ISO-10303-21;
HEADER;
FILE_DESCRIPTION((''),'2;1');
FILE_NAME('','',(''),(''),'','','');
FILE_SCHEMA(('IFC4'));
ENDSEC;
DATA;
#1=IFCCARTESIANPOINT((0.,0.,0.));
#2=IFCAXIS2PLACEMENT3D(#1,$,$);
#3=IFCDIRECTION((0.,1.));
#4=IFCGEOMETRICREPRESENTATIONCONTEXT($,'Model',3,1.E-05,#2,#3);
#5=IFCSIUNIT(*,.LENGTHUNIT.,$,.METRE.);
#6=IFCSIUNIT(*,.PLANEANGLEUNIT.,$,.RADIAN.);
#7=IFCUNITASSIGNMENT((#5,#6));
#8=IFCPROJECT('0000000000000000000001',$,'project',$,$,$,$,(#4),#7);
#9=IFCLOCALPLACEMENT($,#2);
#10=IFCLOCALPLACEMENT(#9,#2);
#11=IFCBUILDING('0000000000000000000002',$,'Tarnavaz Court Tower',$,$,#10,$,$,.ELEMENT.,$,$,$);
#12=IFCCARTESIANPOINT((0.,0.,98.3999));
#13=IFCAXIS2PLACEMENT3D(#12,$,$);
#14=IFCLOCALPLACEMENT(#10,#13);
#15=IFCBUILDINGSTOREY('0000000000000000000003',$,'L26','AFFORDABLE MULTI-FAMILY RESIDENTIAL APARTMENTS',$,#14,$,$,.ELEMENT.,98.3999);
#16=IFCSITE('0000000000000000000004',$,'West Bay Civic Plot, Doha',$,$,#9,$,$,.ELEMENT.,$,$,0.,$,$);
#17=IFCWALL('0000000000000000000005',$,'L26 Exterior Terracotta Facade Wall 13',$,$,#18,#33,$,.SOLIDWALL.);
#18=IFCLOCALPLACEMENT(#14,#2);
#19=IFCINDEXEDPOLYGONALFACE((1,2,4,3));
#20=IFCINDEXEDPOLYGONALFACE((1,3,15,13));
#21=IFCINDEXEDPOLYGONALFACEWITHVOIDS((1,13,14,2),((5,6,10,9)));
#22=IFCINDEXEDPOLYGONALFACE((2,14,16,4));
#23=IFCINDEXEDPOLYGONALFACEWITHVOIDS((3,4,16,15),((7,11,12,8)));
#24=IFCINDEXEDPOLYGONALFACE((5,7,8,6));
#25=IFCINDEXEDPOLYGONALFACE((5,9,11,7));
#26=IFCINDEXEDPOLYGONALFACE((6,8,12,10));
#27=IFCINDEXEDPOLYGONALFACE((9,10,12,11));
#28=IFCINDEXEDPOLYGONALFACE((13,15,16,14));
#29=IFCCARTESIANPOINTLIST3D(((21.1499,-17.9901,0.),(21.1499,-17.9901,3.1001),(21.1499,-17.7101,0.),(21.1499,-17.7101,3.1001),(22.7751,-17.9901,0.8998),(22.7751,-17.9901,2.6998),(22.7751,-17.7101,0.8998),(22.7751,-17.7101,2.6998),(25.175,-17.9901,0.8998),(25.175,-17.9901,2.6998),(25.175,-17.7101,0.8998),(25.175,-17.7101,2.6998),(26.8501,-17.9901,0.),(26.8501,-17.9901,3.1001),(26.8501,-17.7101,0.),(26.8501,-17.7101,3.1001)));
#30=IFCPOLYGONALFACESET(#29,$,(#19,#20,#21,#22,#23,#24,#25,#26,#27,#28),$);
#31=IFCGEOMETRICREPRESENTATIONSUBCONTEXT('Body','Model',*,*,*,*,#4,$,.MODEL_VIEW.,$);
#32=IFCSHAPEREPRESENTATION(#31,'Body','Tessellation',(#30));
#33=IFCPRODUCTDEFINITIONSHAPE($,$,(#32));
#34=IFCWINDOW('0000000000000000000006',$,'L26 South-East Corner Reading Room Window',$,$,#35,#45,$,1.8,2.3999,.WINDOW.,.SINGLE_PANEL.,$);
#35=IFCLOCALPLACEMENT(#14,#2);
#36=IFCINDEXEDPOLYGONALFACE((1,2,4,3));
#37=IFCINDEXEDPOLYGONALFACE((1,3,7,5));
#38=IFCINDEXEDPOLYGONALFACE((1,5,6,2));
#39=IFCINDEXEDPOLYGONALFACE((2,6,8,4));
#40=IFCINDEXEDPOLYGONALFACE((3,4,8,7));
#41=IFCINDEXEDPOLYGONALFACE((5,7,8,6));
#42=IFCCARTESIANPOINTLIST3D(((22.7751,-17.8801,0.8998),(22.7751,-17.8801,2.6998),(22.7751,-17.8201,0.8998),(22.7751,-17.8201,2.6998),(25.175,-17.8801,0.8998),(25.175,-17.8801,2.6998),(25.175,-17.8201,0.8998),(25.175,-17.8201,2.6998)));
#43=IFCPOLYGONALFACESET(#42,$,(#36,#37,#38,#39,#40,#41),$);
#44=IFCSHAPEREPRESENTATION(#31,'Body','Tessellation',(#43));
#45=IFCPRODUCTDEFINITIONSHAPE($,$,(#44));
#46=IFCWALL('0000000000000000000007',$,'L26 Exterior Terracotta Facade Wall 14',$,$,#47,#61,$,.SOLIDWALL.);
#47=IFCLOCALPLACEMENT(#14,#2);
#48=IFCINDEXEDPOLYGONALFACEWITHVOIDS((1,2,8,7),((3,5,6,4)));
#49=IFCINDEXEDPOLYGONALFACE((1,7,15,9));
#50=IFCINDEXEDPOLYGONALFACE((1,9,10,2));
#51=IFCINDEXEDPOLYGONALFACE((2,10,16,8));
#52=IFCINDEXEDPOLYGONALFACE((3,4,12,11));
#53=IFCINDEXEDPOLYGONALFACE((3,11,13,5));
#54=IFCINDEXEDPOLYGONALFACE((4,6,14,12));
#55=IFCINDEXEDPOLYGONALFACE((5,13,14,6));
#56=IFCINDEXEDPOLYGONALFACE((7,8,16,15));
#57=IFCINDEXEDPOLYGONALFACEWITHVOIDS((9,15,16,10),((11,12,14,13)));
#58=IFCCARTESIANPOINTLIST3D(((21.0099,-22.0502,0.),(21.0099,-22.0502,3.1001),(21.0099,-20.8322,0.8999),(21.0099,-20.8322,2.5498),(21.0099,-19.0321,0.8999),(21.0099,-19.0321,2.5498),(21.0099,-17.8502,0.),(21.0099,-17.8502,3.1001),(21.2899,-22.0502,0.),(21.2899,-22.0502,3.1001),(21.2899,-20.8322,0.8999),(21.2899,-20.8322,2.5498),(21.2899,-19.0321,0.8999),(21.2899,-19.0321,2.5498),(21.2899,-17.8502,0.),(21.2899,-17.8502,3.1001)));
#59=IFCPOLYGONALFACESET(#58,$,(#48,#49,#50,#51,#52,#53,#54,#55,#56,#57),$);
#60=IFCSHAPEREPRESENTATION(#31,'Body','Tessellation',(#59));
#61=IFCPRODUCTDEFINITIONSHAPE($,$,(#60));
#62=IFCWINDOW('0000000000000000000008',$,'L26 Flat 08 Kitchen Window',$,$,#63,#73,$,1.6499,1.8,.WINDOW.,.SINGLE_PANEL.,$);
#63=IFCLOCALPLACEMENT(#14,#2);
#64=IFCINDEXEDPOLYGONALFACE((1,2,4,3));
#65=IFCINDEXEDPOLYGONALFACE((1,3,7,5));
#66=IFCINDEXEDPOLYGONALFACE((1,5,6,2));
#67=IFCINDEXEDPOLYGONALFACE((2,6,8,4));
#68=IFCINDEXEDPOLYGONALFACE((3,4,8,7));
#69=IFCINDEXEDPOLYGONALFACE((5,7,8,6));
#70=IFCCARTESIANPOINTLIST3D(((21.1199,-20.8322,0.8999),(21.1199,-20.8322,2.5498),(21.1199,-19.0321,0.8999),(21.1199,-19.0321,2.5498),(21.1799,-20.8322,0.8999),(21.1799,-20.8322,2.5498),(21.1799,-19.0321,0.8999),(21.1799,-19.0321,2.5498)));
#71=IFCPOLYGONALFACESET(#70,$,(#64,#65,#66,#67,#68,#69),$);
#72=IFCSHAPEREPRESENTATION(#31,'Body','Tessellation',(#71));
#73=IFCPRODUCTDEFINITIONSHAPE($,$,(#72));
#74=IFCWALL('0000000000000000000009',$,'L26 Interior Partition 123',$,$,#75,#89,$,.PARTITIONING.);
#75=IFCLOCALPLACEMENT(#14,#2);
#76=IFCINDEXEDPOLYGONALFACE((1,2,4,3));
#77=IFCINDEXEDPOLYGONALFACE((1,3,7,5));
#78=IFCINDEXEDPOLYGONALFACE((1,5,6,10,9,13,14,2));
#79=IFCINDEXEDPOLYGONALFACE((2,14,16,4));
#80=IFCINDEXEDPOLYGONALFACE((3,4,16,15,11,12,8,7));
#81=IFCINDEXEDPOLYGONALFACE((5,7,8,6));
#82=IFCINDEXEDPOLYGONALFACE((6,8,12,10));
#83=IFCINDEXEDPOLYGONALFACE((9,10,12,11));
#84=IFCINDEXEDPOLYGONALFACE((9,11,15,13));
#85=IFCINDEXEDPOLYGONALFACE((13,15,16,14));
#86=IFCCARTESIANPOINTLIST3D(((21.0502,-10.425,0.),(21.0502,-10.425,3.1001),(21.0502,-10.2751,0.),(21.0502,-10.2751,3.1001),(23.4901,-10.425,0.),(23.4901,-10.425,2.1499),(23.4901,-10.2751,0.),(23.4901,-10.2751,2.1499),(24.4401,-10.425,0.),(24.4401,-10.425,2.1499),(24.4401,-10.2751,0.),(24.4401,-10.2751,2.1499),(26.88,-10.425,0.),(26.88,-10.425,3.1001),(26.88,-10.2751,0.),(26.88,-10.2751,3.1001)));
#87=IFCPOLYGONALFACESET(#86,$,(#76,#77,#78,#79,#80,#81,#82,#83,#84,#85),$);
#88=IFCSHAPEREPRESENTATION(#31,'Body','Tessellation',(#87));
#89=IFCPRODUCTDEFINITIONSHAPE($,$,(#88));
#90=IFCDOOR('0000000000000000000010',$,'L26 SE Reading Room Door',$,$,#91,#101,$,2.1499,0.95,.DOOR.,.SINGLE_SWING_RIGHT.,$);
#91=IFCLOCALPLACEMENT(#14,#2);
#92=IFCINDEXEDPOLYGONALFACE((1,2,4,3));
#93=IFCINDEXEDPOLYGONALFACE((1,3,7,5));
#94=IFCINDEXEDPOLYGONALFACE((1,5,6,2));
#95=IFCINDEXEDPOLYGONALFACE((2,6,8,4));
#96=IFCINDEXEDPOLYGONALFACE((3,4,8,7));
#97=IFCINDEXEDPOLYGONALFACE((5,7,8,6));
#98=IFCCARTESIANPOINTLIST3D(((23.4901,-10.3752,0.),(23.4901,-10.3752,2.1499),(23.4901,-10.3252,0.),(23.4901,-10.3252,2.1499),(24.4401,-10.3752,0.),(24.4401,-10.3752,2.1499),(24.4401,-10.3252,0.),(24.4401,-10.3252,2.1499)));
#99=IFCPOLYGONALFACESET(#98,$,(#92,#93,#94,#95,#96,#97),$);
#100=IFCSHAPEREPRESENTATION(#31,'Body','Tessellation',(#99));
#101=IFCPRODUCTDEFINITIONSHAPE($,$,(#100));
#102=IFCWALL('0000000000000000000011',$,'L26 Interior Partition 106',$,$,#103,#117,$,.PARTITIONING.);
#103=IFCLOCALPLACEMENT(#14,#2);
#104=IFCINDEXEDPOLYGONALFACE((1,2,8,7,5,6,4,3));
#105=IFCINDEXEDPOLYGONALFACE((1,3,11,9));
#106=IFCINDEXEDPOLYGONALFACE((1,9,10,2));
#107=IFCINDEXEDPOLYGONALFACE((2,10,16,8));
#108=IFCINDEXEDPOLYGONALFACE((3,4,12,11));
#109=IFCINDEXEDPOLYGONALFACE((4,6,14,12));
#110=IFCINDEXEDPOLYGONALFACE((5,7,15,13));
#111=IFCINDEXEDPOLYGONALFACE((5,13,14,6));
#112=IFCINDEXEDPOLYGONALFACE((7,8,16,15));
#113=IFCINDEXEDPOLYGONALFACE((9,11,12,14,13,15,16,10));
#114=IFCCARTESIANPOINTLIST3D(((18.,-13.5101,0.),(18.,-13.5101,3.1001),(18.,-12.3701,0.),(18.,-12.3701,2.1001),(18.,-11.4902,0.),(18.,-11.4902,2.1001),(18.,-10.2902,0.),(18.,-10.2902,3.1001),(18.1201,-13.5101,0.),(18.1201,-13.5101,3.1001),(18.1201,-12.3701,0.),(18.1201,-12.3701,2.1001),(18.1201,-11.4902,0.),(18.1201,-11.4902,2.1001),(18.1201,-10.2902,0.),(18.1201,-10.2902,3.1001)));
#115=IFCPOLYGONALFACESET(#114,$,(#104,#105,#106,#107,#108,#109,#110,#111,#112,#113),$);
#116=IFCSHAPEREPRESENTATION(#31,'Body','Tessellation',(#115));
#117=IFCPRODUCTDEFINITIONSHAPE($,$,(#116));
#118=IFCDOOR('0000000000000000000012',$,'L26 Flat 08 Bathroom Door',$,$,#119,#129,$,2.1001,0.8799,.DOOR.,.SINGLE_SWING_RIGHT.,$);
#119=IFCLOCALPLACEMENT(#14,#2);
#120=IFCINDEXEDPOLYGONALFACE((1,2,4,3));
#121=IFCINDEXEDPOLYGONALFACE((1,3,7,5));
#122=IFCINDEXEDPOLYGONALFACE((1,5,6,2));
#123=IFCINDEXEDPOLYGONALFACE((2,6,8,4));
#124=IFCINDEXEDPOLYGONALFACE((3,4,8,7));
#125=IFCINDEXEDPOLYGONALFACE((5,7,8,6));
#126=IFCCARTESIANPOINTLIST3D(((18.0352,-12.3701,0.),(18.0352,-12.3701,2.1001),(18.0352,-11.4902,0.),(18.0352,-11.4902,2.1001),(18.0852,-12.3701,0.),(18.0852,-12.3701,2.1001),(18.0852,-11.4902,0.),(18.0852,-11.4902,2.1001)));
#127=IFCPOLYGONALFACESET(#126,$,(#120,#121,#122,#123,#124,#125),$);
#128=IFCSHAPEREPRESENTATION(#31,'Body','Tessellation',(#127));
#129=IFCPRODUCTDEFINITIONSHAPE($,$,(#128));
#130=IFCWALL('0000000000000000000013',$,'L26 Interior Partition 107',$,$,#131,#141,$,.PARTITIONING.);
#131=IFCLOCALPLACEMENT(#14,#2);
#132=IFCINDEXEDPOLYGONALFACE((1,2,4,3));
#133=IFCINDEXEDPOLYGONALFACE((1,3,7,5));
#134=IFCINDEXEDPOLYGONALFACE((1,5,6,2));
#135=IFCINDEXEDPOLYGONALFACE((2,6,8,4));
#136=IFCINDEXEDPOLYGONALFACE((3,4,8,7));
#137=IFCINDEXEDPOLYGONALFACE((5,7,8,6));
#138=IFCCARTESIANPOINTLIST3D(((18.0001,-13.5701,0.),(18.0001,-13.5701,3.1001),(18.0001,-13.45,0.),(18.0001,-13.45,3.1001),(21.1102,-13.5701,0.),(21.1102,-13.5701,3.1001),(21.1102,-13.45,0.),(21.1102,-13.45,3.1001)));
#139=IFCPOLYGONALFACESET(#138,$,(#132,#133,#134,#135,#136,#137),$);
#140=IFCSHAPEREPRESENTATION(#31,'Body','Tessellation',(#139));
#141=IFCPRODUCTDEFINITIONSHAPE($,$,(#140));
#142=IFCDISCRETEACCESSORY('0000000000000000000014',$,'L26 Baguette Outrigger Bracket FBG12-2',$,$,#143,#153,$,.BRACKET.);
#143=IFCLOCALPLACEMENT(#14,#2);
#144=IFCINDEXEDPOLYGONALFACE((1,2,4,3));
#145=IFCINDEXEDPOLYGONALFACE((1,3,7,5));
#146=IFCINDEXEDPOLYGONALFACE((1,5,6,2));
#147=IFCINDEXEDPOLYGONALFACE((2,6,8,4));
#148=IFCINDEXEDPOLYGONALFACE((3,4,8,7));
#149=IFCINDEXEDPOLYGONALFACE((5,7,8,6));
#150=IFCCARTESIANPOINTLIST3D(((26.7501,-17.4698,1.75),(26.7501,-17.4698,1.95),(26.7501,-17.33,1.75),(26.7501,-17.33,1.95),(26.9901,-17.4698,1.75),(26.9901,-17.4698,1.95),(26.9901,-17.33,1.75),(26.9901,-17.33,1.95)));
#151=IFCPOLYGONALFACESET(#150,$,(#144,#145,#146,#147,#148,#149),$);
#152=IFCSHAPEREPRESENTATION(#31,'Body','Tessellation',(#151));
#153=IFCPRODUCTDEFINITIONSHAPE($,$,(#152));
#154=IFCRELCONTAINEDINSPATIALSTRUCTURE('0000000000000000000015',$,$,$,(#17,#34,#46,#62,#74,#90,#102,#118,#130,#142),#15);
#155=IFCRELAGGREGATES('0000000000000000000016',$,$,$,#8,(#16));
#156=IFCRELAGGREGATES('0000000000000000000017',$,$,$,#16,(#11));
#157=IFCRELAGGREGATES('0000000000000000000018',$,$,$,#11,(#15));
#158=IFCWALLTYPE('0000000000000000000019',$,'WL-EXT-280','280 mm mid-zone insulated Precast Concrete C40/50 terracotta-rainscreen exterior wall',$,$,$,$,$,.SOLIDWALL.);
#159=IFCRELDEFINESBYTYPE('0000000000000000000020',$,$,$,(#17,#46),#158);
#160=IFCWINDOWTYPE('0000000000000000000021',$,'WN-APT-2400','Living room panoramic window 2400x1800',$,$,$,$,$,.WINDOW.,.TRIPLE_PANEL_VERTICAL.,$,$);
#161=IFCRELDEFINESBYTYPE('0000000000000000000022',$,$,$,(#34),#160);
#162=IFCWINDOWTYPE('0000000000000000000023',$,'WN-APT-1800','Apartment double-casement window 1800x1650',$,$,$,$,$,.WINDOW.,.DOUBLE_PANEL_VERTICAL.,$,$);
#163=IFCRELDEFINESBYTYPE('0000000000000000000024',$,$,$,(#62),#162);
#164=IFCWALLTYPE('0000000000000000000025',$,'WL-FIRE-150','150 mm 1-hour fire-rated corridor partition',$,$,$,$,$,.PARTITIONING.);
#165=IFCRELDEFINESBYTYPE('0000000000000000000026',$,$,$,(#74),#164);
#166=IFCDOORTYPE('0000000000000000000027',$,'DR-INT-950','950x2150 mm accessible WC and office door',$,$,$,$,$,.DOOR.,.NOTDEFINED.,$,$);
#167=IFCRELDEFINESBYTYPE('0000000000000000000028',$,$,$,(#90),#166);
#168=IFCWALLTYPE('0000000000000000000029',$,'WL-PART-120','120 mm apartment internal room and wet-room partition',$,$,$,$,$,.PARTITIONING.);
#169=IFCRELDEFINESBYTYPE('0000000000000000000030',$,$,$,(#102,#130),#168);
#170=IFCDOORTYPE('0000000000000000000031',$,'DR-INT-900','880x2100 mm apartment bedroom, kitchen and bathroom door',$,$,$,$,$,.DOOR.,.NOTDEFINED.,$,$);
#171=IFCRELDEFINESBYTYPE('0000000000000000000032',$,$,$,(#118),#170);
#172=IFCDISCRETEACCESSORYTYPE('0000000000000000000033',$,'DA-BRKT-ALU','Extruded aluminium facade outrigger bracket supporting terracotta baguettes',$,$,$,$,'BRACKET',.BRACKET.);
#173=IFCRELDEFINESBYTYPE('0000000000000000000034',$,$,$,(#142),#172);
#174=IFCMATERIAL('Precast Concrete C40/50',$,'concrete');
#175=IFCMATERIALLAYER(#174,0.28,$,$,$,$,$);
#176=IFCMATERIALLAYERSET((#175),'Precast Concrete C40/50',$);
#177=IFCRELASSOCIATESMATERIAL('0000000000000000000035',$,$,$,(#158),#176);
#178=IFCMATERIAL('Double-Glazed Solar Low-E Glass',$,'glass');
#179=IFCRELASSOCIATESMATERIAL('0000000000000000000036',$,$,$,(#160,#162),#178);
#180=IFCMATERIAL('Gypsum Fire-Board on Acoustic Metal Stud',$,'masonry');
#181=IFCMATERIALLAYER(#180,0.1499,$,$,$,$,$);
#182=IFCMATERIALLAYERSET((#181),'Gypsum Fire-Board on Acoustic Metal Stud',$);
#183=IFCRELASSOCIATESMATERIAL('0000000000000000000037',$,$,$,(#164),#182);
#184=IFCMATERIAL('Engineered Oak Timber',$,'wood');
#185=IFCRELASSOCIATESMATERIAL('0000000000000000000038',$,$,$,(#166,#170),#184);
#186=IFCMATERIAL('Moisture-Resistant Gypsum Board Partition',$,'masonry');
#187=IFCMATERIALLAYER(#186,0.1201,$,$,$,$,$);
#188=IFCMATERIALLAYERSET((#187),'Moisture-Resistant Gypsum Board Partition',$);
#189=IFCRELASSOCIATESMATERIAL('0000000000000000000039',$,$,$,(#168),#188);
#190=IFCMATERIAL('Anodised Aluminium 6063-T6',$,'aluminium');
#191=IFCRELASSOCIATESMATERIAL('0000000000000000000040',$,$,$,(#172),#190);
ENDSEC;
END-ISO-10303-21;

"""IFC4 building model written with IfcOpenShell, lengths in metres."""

from ifc_helpers import new_model, si_unit, direction, frame, frame_2d, origin, origin_2d, place, context, subcontext, project, spatial, rectangle, extrude, material, layer, layer_set, type_object, element, fill, save


model = new_model("IFC4")

# Units and contexts
model_context = context("Model", 3, precision=1e-05, world=origin(), true_north=direction((0.0, 1.0)))
body_context = subcontext(model_context, "Body", "Model", "MODEL_VIEW")
ifc_project = project(units=[si_unit("LENGTHUNIT", "METRE"), si_unit("PLANEANGLEUNIT", "RADIAN")], contexts=[model_context])

# Site, building, storey
site_placement = place(None, origin())
site = spatial("IfcSite", under=ifc_project, at=site_placement, Name="West Bay Civic Plot, Doha", CompositionType="ELEMENT", RefElevation=0.0)
building_placement = place(site_placement, origin())
building = spatial("IfcBuilding", under=site, at=building_placement, Name="Tarnavaz Court Tower", CompositionType="ELEMENT")
storey_placement = place(building_placement, frame((0.0, 0.0, 98.3999)))
storey = spatial("IfcBuildingStorey", under=building, at=storey_placement, Name="L26", Description="AFFORDABLE MULTI-FAMILY RESIDENTIAL APARTMENTS", CompositionType="ELEMENT", Elevation=98.3999)

# Walls, openings, windows
ifc_material_1 = material(Name="Precast Concrete C40/50", Category="concrete")
ifc_layer_1 = layer(ifc_material_1, 0.28)
ifc_layer_set_1 = layer_set([ifc_layer_1], Name="Precast Concrete C40/50")
wall_type_1 = type_object("IfcWallType", Name="WL-EXT-280", Description="280 mm mid-zone insulated Precast Concrete C40/50 terracotta-rainscreen exterior wall", PredefinedType="SOLIDWALL", material=ifc_layer_set_1)
wall_1_placement = place(storey_placement, frame((26.8501, -17.8501, 0.0), z_axis=(0.0, 0.0, 1.0), x_axis=(-1.0, 0.0, 0.0)))
wall_1 = element("IfcWall", 1, at=wall_1_placement, inside=storey, type_object=wall_type_1, Name="L26 Exterior Terracotta Facade Wall 13", PredefinedType="SOLIDWALL", context=body_context, shape_type="SweptSolid", body=[
    extrude(rectangle(XDim=5.7002, YDim=0.28, at=frame_2d((2.8501, 0.0))), origin(), (0.0, 0.0, 1.0), 3.1001),
])
opening_1_placement = place(wall_1_placement, frame((1.675, 0.0, 0.8999)))
opening_1 = element("IfcOpeningElement", 2, at=opening_1_placement, cuts=wall_1, PredefinedType="OPENING", context=body_context, shape_type="SweptSolid", body=[
    extrude(rectangle(XDim=2.3999, YDim=1.8, at=frame_2d((1.2, 0.8999))), frame((0.0, 0.1499, 0.0), z_axis=(0.0, -1.0, 0.0), x_axis=(1.0, 0.0, 0.0)), (0.0, 0.0, 1.0), 0.3),
])
ifc_material_2 = material(Name="Double-Glazed Solar Low-E Glass", Category="glass")
window_type_1 = type_object("IfcWindowType", Name="WN-APT-2400", Description="Living room panoramic window 2400x1800", PartitioningType="TRIPLE_PANEL_VERTICAL", PredefinedType="WINDOW", material=ifc_material_2)
window_1_placement = place(opening_1_placement, origin())
window_1 = element("IfcWindow", 3, at=window_1_placement, inside=storey, type_object=window_type_1, Name="L26 South-East Corner Reading Room Window", OverallHeight=1.8, OverallWidth=2.3999, PartitioningType="SINGLE_PANEL", PredefinedType="WINDOW", context=body_context, shape_type="SweptSolid", body=[
    extrude(rectangle(XDim=2.3999, YDim=1.8, at=frame_2d((1.2, 0.8999))), frame((0.0, 0.03, 0.0), z_axis=(0.0, -1.0, 0.0), x_axis=(1.0, 0.0, 0.0)), (0.0, 0.0, 1.0), 0.0601),
])
fill(opening_1, window_1)
wall_2_placement = place(storey_placement, frame((21.1499, -17.8501, 0.0), z_axis=(0.0, 0.0, 1.0), x_axis=(0.0, -1.0, 0.0)))
wall_2 = element("IfcWall", 4, at=wall_2_placement, inside=storey, type_object=wall_type_1, Name="L26 Exterior Terracotta Facade Wall 14", PredefinedType="SOLIDWALL", context=body_context, shape_type="SweptSolid", body=[
    extrude(rectangle(XDim=4.2, YDim=0.28, at=frame_2d((2.1001, 0.0))), origin(), (0.0, 0.0, 1.0), 3.1001),
])
opening_2_placement = place(wall_2_placement, frame((1.1821, 0.0, 0.8999)))
opening_2 = element("IfcOpeningElement", 5, at=opening_2_placement, cuts=wall_2, PredefinedType="OPENING", context=body_context, shape_type="SweptSolid", body=[
    extrude(rectangle(XDim=1.8, YDim=1.6499, at=frame_2d((0.8999, 0.825))), frame((0.0, 0.1499, 0.0), z_axis=(0.0, -1.0, 0.0), x_axis=(1.0, 0.0, 0.0)), (0.0, 0.0, 1.0), 0.3),
])
window_type_2 = type_object("IfcWindowType", Name="WN-APT-1800", Description="Apartment double-casement window 1800x1650", PartitioningType="DOUBLE_PANEL_VERTICAL", PredefinedType="WINDOW", material=ifc_material_2)
window_2_placement = place(opening_2_placement, origin())
window_2 = element("IfcWindow", 6, at=window_2_placement, inside=storey, type_object=window_type_2, Name="L26 Flat 08 Kitchen Window", OverallHeight=1.6499, OverallWidth=1.8, PartitioningType="SINGLE_PANEL", PredefinedType="WINDOW", context=body_context, shape_type="SweptSolid", body=[
    extrude(rectangle(XDim=1.8, YDim=1.6499, at=frame_2d((0.8999, 0.825))), frame((0.0, 0.03, 0.0), z_axis=(0.0, -1.0, 0.0), x_axis=(1.0, 0.0, 0.0)), (0.0, 0.0, 1.0), 0.0601),
])
fill(opening_2, window_2)

# Walls, openings, doors
ifc_material_3 = material(Name="Gypsum Fire-Board on Acoustic Metal Stud", Category="masonry")
ifc_layer_2 = layer(ifc_material_3, 0.1499)
ifc_layer_set_2 = layer_set([ifc_layer_2], Name="Gypsum Fire-Board on Acoustic Metal Stud")
wall_type_2 = type_object("IfcWallType", Name="WL-FIRE-150", Description="150 mm 1-hour fire-rated corridor partition", PredefinedType="PARTITIONING", material=ifc_layer_set_2)
wall_3_placement = place(storey_placement, frame((21.05, -10.3501, 0.0), z_axis=(0.0, 0.0, 1.0), x_axis=(1.0, 0.0, 0.0)))
wall_3 = element("IfcWall", 7, at=wall_3_placement, inside=storey, type_object=wall_type_2, Name="L26 Interior Partition 123", PredefinedType="PARTITIONING", context=body_context, shape_type="SweptSolid", body=[
    extrude(rectangle(XDim=5.8298, YDim=0.1499, at=frame_2d((2.915, 0.0))), origin(), (0.0, 0.0, 1.0), 3.1001),
])
opening_3_placement = place(wall_3_placement, frame((2.4399, 0.0, 0.0)))
opening_3 = element("IfcOpeningElement", 8, at=opening_3_placement, cuts=wall_3, PredefinedType="OPENING", context=body_context, shape_type="SweptSolid", body=[
    extrude(rectangle(XDim=0.95, YDim=2.1499, at=frame_2d((0.4751, 1.075))), frame((0.0, 0.085, 0.0), z_axis=(0.0, -1.0, 0.0), x_axis=(1.0, 0.0, 0.0)), (0.0, 0.0, 1.0), 0.1699),
])
ifc_material_4 = material(Name="Engineered Oak Timber", Category="wood")
door_type_1 = type_object("IfcDoorType", Name="DR-INT-950", Description="950x2150 mm accessible WC and office door", OperationType="NOTDEFINED", PredefinedType="DOOR", material=ifc_material_4)
door_1_placement = place(opening_3_placement, origin())
door_1 = element("IfcDoor", 9, at=door_1_placement, inside=storey, type_object=door_type_1, Name="L26 SE Reading Room Door", OperationType="SINGLE_SWING_RIGHT", OverallHeight=2.1499, OverallWidth=0.95, PredefinedType="DOOR", context=body_context, shape_type="SweptSolid", body=[
    extrude(rectangle(XDim=0.95, YDim=2.1499, at=frame_2d((0.4751, 1.075))), frame((0.0, 0.0249, 0.0), z_axis=(0.0, -1.0, 0.0), x_axis=(1.0, 0.0, 0.0)), (0.0, 0.0, 1.0), 0.05),
])
fill(opening_3, door_1)
ifc_material_5 = material(Name="Moisture-Resistant Gypsum Board Partition", Category="masonry")
ifc_layer_3 = layer(ifc_material_5, 0.1201)
ifc_layer_set_3 = layer_set([ifc_layer_3], Name="Moisture-Resistant Gypsum Board Partition")
wall_type_3 = type_object("IfcWallType", Name="WL-PART-120", Description="120 mm apartment internal room and wet-room partition", PredefinedType="PARTITIONING", material=ifc_layer_set_3)
wall_4_placement = place(storey_placement, frame((18.0601, -13.51, 0.0), z_axis=(0.0, 0.0, 1.0), x_axis=(0.0, 1.0, 0.0)))
wall_4 = element("IfcWall", 10, at=wall_4_placement, inside=storey, type_object=wall_type_3, Name="L26 Interior Partition 106", PredefinedType="PARTITIONING", context=body_context, shape_type="SweptSolid", body=[
    extrude(rectangle(XDim=3.22, YDim=0.1201, at=frame_2d((1.6099, 0.0))), origin(), (0.0, 0.0, 1.0), 3.1001),
])
opening_4_placement = place(wall_4_placement, frame((1.1399, 0.0, 0.0)))
opening_4 = element("IfcOpeningElement", 11, at=opening_4_placement, cuts=wall_4, PredefinedType="OPENING", context=body_context, shape_type="SweptSolid", body=[
    extrude(rectangle(XDim=0.8799, YDim=2.1001, at=frame_2d((0.4399, 1.05))), frame((0.0, 0.0701, 0.0), z_axis=(0.0, -1.0, 0.0), x_axis=(1.0, 0.0, 0.0)), (0.0, 0.0, 1.0), 0.1401),
])
door_type_2 = type_object("IfcDoorType", Name="DR-INT-900", Description="880x2100 mm apartment bedroom, kitchen and bathroom door", OperationType="NOTDEFINED", PredefinedType="DOOR", material=ifc_material_4)
door_2_placement = place(opening_4_placement, origin())
door_2 = element("IfcDoor", 12, at=door_2_placement, inside=storey, type_object=door_type_2, Name="L26 Flat 08 Bathroom Door", OperationType="SINGLE_SWING_RIGHT", OverallHeight=2.1001, OverallWidth=0.8799, PredefinedType="DOOR", context=body_context, shape_type="SweptSolid", body=[
    extrude(rectangle(XDim=0.8799, YDim=2.1001, at=frame_2d((0.4399, 1.05))), frame((0.0, 0.0249, 0.0), z_axis=(0.0, -1.0, 0.0), x_axis=(1.0, 0.0, 0.0)), (0.0, 0.0, 1.0), 0.05),
])
fill(opening_4, door_2)

# Wall
wall_5_placement = place(storey_placement, frame((18.0, -13.51, 0.0), z_axis=(0.0, 0.0, 1.0), x_axis=(1.0, 0.0, 0.0)))
element("IfcWall", 13, at=wall_5_placement, inside=storey, type_object=wall_type_3, Name="L26 Interior Partition 107", PredefinedType="PARTITIONING", context=body_context, shape_type="SweptSolid", body=[
    extrude(rectangle(XDim=3.1101, YDim=0.1201, at=frame_2d((1.5552, 0.0))), origin(), (0.0, 0.0, 1.0), 3.1001),
])

# Discrete accessory
ifc_material_6 = material(Name="Anodised Aluminium 6063-T6", Category="aluminium")
discrete_accessory_type = type_object("IfcDiscreteAccessoryType", Name="DA-BRKT-ALU", Description="Extruded aluminium facade outrigger bracket supporting terracotta baguettes", ElementType="BRACKET", PredefinedType="BRACKET", material=ifc_material_6)
discrete_accessory_placement = place(storey_placement, frame((26.8701, -17.3999, 1.75), z_axis=(0.0, 0.0, 1.0), x_axis=(0.0, -1.0, 0.0)))
element("IfcDiscreteAccessory", 14, at=discrete_accessory_placement, inside=storey, type_object=discrete_accessory_type, Name="L26 Baguette Outrigger Bracket FBG12-2", PredefinedType="BRACKET", context=body_context, shape_type="SweptSolid", body=[
    extrude(rectangle(XDim=0.1399, YDim=0.24, at=origin_2d()), origin(), (0.0, 0.0, 1.0), 0.2),
])

save(model, "model.ifc")
